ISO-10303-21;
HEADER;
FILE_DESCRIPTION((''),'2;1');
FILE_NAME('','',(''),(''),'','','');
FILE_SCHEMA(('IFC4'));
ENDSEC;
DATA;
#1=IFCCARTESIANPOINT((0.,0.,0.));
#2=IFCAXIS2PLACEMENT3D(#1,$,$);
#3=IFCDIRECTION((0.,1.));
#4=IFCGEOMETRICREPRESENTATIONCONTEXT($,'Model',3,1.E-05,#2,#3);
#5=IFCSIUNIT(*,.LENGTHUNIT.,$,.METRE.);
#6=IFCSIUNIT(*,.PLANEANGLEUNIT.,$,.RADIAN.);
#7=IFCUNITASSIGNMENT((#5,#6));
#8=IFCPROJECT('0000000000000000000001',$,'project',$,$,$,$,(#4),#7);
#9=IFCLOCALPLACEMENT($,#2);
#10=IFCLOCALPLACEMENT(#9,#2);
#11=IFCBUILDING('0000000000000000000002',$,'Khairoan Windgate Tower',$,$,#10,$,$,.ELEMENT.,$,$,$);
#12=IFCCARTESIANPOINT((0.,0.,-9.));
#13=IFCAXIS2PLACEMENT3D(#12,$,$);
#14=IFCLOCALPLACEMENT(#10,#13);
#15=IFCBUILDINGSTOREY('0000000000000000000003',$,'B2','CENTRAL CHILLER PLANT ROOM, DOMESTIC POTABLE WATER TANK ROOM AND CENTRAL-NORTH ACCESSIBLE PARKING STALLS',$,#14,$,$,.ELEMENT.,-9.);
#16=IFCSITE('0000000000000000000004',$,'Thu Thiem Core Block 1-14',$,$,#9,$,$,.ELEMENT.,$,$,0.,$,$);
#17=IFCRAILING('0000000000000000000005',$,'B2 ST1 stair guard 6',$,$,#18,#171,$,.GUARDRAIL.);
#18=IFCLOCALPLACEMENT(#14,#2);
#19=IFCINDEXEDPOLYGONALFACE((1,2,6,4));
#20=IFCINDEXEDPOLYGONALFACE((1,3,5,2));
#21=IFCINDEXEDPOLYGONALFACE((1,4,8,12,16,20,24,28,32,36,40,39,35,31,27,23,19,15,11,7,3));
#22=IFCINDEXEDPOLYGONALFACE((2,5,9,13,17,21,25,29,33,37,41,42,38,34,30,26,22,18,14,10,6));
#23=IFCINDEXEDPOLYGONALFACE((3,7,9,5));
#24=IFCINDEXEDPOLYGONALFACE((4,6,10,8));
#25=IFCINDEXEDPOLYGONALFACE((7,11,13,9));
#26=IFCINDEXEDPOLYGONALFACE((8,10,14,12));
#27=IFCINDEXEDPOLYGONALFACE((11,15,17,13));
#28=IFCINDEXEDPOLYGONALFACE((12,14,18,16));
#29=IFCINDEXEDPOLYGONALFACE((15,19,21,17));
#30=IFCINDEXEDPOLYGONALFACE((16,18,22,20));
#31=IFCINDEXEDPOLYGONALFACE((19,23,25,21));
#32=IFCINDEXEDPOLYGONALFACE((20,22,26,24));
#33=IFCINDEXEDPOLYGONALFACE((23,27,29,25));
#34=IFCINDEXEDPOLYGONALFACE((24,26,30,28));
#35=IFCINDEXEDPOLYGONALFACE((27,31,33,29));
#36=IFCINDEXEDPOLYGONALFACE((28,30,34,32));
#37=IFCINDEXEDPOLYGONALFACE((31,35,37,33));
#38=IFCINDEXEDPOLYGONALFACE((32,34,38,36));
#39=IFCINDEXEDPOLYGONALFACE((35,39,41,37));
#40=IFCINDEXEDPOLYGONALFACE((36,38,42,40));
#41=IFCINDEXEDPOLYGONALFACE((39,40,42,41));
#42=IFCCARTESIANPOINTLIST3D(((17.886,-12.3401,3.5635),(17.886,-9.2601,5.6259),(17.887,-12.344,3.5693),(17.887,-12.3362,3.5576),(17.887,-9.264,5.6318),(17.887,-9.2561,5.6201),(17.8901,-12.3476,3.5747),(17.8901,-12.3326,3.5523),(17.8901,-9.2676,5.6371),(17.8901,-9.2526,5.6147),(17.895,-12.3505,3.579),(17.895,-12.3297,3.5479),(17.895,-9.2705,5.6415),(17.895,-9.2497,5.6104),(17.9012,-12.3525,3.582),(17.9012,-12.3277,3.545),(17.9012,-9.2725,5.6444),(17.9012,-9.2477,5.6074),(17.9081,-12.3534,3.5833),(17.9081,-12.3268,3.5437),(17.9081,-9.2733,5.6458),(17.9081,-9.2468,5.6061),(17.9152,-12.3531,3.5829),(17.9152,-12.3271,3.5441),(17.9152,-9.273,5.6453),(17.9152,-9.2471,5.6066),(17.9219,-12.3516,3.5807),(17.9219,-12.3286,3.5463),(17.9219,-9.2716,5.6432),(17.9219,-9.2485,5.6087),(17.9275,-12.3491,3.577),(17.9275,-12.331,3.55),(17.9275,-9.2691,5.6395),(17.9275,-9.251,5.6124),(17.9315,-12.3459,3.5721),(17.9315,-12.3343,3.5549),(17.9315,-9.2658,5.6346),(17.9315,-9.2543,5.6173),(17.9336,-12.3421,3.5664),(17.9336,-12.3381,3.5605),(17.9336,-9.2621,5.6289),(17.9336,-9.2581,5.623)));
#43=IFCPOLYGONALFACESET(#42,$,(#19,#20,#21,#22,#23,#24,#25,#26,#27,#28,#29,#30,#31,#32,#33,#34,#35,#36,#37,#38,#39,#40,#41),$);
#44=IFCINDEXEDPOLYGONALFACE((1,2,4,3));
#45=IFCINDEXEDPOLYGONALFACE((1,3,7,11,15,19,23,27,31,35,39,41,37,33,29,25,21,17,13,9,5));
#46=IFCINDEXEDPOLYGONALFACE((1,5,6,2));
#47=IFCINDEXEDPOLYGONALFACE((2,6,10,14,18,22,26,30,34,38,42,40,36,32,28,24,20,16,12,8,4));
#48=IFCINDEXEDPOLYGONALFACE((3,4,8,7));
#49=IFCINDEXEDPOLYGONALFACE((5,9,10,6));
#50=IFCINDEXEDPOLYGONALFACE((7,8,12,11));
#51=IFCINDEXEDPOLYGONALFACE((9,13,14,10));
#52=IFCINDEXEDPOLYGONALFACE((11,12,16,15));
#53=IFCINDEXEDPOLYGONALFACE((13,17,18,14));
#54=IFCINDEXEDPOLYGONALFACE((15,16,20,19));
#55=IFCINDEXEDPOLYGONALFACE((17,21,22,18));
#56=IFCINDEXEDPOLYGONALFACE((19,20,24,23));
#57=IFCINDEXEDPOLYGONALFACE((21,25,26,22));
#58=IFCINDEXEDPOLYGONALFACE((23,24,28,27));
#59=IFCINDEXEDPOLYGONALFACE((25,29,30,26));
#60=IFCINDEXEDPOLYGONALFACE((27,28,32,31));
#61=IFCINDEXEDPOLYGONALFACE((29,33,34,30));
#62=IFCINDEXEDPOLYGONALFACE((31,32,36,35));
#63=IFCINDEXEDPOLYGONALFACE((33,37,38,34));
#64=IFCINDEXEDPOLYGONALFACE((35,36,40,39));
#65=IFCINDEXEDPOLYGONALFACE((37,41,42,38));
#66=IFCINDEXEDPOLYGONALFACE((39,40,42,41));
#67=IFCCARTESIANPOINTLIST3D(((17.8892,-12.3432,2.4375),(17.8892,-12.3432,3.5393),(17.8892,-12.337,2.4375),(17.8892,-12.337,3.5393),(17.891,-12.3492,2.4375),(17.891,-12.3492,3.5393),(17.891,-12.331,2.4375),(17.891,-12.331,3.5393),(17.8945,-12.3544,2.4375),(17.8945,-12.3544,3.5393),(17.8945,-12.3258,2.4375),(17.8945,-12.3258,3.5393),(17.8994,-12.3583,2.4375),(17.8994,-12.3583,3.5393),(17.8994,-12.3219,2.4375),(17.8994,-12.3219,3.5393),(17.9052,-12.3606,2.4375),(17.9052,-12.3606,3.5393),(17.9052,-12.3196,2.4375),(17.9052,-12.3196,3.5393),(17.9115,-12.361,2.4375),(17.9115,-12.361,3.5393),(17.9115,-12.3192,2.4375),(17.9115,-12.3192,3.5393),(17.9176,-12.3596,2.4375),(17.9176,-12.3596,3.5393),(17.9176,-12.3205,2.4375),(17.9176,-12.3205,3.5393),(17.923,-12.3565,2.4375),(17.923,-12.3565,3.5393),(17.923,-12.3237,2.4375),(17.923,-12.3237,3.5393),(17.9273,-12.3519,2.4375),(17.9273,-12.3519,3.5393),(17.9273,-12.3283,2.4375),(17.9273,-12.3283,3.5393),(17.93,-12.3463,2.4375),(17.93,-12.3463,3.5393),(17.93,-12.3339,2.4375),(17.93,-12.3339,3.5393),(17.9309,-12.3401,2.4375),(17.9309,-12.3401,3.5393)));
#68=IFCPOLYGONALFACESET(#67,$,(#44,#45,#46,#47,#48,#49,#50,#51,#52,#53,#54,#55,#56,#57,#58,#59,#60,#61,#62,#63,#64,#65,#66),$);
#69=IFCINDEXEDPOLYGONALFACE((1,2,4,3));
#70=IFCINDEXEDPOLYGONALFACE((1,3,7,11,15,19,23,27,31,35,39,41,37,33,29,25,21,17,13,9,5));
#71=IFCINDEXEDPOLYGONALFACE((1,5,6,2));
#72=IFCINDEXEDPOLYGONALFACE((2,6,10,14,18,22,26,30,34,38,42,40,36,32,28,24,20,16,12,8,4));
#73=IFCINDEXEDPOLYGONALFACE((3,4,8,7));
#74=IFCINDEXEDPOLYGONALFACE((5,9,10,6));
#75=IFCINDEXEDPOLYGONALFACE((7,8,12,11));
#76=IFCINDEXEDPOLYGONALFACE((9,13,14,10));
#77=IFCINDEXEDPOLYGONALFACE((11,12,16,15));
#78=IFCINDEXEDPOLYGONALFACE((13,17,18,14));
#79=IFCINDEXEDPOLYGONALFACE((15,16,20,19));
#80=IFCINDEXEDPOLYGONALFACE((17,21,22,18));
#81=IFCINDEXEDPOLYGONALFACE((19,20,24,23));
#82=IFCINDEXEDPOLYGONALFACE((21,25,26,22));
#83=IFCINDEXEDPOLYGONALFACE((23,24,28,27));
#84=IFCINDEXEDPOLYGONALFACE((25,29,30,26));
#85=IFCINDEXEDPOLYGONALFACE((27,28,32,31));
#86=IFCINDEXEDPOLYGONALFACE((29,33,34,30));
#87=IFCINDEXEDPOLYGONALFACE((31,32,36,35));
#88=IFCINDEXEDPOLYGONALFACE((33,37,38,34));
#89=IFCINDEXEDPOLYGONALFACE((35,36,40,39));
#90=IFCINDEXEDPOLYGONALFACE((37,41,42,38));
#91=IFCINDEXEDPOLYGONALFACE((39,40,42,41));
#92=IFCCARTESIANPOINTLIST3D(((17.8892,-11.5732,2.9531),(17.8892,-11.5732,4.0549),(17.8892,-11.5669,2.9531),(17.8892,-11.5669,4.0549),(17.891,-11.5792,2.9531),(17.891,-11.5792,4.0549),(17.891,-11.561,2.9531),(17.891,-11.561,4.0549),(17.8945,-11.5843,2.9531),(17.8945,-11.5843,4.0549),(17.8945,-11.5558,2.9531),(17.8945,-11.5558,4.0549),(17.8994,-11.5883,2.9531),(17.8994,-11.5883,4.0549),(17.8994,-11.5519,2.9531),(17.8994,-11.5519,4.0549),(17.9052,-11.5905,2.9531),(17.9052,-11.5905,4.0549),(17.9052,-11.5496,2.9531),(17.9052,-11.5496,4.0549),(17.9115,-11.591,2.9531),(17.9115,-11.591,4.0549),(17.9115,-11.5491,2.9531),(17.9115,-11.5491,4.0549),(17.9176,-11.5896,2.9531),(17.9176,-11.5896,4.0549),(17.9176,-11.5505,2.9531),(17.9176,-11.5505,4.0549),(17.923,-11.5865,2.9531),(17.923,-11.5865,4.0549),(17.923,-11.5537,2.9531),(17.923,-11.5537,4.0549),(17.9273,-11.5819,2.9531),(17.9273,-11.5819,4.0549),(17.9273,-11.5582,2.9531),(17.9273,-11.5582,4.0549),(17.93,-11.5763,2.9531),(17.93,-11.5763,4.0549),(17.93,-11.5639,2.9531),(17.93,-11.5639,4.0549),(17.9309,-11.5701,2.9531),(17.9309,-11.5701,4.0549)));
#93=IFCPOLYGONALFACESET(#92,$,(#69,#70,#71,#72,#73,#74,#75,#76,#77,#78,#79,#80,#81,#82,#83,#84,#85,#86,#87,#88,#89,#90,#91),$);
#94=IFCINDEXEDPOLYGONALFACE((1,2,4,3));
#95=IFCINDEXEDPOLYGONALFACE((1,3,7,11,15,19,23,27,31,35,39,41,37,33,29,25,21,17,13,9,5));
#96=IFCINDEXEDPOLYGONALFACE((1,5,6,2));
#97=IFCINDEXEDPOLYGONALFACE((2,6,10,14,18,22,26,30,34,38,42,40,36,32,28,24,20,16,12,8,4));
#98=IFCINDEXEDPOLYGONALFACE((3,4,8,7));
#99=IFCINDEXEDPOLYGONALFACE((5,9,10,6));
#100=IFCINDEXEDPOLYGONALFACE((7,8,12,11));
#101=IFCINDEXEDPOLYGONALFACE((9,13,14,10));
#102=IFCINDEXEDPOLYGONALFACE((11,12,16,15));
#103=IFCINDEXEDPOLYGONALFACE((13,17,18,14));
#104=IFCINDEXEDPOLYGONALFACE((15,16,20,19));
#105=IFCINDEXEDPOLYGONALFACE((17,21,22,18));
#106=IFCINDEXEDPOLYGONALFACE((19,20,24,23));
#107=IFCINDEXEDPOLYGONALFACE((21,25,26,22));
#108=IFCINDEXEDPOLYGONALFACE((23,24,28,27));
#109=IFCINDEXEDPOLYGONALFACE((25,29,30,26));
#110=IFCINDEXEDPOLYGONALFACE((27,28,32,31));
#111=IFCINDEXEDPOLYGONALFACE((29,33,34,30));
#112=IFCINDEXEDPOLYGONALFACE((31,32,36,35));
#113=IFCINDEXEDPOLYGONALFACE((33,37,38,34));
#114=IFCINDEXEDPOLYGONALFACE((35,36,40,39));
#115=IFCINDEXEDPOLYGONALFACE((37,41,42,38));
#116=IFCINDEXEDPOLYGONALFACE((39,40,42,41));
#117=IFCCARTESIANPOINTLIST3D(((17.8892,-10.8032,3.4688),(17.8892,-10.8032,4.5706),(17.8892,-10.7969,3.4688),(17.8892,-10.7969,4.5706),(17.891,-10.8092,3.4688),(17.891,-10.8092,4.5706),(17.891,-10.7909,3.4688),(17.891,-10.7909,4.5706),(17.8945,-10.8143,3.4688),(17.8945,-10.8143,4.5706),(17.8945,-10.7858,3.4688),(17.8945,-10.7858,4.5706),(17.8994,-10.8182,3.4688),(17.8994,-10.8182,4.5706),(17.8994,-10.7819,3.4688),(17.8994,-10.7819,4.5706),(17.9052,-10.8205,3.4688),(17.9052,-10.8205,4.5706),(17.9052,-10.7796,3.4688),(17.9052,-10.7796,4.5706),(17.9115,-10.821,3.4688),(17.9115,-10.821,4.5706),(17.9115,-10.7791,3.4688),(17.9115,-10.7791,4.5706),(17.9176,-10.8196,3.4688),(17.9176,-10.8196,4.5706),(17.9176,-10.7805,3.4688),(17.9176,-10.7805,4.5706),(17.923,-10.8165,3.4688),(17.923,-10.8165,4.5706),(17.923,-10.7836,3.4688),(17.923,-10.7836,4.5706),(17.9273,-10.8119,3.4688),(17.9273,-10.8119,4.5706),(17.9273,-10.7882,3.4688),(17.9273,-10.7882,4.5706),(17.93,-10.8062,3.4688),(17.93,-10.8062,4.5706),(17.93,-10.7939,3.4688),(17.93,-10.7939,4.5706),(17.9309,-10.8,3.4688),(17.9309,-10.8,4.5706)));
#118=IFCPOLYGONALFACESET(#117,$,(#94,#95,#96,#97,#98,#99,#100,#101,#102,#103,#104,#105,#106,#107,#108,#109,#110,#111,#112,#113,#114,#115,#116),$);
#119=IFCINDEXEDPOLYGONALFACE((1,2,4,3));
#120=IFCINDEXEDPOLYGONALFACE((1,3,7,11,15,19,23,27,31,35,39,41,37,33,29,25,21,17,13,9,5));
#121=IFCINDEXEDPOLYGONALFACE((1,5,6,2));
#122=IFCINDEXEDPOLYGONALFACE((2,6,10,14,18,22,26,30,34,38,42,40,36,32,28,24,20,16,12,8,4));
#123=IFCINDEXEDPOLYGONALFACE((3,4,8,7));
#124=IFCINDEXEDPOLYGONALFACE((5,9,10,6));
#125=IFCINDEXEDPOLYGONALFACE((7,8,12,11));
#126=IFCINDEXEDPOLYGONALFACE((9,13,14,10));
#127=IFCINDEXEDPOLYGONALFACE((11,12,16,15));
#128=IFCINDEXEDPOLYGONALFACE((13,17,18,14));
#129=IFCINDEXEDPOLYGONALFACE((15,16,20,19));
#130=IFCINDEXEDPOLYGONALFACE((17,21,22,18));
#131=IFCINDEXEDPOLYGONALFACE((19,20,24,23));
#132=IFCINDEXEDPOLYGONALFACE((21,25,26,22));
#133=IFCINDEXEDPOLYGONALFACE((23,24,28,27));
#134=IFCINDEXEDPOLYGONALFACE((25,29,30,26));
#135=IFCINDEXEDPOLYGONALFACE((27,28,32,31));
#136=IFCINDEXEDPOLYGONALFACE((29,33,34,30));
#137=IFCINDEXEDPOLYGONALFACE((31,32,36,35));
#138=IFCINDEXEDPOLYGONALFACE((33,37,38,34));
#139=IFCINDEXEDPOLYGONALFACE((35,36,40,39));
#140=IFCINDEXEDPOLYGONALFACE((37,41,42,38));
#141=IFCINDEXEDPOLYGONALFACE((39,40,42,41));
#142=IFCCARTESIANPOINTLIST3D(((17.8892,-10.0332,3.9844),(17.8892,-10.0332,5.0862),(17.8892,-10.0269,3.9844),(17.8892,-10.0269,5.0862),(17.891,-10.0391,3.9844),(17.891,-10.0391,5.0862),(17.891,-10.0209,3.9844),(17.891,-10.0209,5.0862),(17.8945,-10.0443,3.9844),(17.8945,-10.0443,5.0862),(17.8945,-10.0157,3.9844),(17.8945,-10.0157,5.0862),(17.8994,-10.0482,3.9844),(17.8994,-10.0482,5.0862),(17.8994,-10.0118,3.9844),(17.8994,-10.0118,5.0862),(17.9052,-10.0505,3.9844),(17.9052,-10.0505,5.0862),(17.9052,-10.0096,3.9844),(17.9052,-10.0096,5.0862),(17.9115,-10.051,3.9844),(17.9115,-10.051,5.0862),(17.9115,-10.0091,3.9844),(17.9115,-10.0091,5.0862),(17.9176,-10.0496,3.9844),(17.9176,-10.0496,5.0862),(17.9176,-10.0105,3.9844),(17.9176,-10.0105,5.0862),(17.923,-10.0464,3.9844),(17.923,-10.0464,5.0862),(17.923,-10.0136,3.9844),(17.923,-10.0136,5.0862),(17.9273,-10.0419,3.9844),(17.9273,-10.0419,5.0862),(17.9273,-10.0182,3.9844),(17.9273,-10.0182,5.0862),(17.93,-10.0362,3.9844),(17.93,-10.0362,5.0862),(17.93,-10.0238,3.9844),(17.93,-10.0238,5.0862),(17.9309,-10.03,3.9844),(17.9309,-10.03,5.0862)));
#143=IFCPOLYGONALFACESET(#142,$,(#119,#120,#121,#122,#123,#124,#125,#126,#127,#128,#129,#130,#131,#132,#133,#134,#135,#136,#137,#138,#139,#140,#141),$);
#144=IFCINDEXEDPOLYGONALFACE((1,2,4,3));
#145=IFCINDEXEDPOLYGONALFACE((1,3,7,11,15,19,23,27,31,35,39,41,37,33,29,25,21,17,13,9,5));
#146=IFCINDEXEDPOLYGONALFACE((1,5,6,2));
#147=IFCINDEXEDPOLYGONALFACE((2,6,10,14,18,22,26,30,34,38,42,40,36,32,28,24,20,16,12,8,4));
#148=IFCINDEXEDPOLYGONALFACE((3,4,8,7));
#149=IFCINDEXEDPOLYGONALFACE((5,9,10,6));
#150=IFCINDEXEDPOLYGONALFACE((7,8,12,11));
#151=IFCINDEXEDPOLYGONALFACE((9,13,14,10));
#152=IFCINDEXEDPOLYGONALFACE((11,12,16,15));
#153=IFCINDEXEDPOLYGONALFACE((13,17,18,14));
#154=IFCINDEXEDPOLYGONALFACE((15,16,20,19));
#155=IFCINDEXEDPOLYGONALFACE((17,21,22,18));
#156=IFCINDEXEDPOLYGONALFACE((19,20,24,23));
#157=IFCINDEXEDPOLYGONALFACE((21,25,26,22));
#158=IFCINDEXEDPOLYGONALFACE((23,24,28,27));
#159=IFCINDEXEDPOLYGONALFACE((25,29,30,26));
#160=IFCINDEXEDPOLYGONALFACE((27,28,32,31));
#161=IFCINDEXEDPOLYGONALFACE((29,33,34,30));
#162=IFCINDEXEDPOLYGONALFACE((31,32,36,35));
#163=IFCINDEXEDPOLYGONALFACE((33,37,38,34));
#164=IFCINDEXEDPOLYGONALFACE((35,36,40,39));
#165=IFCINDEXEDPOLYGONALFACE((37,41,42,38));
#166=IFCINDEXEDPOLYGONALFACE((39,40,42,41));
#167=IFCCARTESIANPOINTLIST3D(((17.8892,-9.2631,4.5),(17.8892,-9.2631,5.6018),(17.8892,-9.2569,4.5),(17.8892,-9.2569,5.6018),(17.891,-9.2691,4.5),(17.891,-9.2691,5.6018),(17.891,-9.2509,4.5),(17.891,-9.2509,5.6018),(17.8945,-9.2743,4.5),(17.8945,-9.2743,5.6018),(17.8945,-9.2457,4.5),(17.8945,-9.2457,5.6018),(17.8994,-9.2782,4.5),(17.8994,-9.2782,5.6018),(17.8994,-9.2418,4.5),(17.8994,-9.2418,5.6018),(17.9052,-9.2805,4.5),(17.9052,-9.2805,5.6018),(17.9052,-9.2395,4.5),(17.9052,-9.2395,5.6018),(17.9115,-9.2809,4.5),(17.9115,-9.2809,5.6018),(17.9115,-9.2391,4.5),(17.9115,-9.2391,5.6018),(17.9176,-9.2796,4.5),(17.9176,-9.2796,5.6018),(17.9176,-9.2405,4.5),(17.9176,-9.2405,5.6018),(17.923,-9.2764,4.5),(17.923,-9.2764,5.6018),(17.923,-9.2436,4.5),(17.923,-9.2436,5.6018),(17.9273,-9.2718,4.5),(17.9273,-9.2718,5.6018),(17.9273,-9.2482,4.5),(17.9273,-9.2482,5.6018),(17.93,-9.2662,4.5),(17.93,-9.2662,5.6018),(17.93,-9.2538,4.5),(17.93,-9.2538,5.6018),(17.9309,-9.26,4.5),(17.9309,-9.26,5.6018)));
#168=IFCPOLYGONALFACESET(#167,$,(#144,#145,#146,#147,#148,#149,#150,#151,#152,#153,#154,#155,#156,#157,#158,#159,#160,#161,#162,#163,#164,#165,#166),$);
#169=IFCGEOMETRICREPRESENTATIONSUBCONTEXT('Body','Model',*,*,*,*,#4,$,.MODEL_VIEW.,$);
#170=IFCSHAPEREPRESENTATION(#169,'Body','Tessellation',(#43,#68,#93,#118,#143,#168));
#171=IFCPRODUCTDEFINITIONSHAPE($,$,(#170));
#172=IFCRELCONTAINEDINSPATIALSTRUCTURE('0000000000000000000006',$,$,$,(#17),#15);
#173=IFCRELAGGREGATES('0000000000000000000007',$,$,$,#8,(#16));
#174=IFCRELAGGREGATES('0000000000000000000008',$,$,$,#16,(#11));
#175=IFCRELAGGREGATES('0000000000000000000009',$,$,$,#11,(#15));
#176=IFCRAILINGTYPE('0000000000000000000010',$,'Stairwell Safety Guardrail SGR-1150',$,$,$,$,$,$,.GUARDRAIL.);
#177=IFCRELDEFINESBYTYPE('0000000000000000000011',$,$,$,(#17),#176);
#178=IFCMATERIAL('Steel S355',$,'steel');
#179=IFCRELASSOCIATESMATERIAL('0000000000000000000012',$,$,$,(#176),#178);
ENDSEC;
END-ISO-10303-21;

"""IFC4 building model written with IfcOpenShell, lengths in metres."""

from ifc_helpers import new_model, si_unit, direction, frame, origin, origin_2d, place, context, subcontext, project, spatial, circle, extrude, material, type_object, element, save


model = new_model("IFC4")

# Units and contexts
model_context = context("Model", 3, precision=1e-05, world=origin(), true_north=direction((0.0, 1.0)))
body_context = subcontext(model_context, "Body", "Model", "MODEL_VIEW")
ifc_project = project(units=[si_unit("LENGTHUNIT", "METRE"), si_unit("PLANEANGLEUNIT", "RADIAN")], contexts=[model_context])

# Site, building, storey
site_placement = place(None, origin())
site = spatial("IfcSite", under=ifc_project, at=site_placement, Name="Thu Thiem Core Block 1-14", CompositionType="ELEMENT", RefElevation=0.0)
building_placement = place(site_placement, origin())
building = spatial("IfcBuilding", under=site, at=building_placement, Name="Khairoan Windgate Tower", CompositionType="ELEMENT")
storey_placement = place(building_placement, frame((0.0, 0.0, -9.0)))
storey = spatial("IfcBuildingStorey", under=building, at=storey_placement, Name="B2", Description="CENTRAL CHILLER PLANT ROOM, DOMESTIC POTABLE WATER TANK ROOM AND CENTRAL-NORTH ACCESSIBLE PARKING STALLS", CompositionType="ELEMENT", Elevation=-9.0)

# Railing
ifc_material_1 = material(Name="Steel S355", Category="steel")
railing_type = type_object("IfcRailingType", Name="Stairwell Safety Guardrail SGR-1150", PredefinedType="GUARDRAIL", material=ifc_material_1)
railing_1_placement = place(storey_placement, frame((17.9099, -12.3401, 2.4375)))
element("IfcRailing", 1, at=railing_1_placement, inside=storey, type_object=railing_type, Name="B2 ST1 stair guard 6", PredefinedType="GUARDRAIL", context=body_context, shape_type="SweptSolid", body=[
    extrude(circle(Radius=0.0239, at=origin_2d()), frame((0.0, 0.0, 1.126), z_axis=(0.0, 0.830914, 0.556401), x_axis=(-1.0, 0.0, 0.0)), (0.0, 0.0, 1.0), 3.7068),
    extrude(circle(Radius=0.021, at=origin_2d()), origin(), (0.0, 0.0, 1.0), 1.1018),
    extrude(circle(Radius=0.021, at=origin_2d()), frame((0.0, 0.77, 0.5156)), (0.0, 0.0, 1.0), 1.1018),
    extrude(circle(Radius=0.021, at=origin_2d()), frame((0.0, 1.54, 1.0312)), (0.0, 0.0, 1.0), 1.1018),
    extrude(circle(Radius=0.021, at=origin_2d()), frame((0.0, 2.3101, 1.5469)), (0.0, 0.0, 1.0), 1.1018),
    extrude(circle(Radius=0.021, at=origin_2d()), frame((0.0, 3.0801, 2.0625)), (0.0, 0.0, 1.0), 1.1018),
])

save(model, "model.ifc")
